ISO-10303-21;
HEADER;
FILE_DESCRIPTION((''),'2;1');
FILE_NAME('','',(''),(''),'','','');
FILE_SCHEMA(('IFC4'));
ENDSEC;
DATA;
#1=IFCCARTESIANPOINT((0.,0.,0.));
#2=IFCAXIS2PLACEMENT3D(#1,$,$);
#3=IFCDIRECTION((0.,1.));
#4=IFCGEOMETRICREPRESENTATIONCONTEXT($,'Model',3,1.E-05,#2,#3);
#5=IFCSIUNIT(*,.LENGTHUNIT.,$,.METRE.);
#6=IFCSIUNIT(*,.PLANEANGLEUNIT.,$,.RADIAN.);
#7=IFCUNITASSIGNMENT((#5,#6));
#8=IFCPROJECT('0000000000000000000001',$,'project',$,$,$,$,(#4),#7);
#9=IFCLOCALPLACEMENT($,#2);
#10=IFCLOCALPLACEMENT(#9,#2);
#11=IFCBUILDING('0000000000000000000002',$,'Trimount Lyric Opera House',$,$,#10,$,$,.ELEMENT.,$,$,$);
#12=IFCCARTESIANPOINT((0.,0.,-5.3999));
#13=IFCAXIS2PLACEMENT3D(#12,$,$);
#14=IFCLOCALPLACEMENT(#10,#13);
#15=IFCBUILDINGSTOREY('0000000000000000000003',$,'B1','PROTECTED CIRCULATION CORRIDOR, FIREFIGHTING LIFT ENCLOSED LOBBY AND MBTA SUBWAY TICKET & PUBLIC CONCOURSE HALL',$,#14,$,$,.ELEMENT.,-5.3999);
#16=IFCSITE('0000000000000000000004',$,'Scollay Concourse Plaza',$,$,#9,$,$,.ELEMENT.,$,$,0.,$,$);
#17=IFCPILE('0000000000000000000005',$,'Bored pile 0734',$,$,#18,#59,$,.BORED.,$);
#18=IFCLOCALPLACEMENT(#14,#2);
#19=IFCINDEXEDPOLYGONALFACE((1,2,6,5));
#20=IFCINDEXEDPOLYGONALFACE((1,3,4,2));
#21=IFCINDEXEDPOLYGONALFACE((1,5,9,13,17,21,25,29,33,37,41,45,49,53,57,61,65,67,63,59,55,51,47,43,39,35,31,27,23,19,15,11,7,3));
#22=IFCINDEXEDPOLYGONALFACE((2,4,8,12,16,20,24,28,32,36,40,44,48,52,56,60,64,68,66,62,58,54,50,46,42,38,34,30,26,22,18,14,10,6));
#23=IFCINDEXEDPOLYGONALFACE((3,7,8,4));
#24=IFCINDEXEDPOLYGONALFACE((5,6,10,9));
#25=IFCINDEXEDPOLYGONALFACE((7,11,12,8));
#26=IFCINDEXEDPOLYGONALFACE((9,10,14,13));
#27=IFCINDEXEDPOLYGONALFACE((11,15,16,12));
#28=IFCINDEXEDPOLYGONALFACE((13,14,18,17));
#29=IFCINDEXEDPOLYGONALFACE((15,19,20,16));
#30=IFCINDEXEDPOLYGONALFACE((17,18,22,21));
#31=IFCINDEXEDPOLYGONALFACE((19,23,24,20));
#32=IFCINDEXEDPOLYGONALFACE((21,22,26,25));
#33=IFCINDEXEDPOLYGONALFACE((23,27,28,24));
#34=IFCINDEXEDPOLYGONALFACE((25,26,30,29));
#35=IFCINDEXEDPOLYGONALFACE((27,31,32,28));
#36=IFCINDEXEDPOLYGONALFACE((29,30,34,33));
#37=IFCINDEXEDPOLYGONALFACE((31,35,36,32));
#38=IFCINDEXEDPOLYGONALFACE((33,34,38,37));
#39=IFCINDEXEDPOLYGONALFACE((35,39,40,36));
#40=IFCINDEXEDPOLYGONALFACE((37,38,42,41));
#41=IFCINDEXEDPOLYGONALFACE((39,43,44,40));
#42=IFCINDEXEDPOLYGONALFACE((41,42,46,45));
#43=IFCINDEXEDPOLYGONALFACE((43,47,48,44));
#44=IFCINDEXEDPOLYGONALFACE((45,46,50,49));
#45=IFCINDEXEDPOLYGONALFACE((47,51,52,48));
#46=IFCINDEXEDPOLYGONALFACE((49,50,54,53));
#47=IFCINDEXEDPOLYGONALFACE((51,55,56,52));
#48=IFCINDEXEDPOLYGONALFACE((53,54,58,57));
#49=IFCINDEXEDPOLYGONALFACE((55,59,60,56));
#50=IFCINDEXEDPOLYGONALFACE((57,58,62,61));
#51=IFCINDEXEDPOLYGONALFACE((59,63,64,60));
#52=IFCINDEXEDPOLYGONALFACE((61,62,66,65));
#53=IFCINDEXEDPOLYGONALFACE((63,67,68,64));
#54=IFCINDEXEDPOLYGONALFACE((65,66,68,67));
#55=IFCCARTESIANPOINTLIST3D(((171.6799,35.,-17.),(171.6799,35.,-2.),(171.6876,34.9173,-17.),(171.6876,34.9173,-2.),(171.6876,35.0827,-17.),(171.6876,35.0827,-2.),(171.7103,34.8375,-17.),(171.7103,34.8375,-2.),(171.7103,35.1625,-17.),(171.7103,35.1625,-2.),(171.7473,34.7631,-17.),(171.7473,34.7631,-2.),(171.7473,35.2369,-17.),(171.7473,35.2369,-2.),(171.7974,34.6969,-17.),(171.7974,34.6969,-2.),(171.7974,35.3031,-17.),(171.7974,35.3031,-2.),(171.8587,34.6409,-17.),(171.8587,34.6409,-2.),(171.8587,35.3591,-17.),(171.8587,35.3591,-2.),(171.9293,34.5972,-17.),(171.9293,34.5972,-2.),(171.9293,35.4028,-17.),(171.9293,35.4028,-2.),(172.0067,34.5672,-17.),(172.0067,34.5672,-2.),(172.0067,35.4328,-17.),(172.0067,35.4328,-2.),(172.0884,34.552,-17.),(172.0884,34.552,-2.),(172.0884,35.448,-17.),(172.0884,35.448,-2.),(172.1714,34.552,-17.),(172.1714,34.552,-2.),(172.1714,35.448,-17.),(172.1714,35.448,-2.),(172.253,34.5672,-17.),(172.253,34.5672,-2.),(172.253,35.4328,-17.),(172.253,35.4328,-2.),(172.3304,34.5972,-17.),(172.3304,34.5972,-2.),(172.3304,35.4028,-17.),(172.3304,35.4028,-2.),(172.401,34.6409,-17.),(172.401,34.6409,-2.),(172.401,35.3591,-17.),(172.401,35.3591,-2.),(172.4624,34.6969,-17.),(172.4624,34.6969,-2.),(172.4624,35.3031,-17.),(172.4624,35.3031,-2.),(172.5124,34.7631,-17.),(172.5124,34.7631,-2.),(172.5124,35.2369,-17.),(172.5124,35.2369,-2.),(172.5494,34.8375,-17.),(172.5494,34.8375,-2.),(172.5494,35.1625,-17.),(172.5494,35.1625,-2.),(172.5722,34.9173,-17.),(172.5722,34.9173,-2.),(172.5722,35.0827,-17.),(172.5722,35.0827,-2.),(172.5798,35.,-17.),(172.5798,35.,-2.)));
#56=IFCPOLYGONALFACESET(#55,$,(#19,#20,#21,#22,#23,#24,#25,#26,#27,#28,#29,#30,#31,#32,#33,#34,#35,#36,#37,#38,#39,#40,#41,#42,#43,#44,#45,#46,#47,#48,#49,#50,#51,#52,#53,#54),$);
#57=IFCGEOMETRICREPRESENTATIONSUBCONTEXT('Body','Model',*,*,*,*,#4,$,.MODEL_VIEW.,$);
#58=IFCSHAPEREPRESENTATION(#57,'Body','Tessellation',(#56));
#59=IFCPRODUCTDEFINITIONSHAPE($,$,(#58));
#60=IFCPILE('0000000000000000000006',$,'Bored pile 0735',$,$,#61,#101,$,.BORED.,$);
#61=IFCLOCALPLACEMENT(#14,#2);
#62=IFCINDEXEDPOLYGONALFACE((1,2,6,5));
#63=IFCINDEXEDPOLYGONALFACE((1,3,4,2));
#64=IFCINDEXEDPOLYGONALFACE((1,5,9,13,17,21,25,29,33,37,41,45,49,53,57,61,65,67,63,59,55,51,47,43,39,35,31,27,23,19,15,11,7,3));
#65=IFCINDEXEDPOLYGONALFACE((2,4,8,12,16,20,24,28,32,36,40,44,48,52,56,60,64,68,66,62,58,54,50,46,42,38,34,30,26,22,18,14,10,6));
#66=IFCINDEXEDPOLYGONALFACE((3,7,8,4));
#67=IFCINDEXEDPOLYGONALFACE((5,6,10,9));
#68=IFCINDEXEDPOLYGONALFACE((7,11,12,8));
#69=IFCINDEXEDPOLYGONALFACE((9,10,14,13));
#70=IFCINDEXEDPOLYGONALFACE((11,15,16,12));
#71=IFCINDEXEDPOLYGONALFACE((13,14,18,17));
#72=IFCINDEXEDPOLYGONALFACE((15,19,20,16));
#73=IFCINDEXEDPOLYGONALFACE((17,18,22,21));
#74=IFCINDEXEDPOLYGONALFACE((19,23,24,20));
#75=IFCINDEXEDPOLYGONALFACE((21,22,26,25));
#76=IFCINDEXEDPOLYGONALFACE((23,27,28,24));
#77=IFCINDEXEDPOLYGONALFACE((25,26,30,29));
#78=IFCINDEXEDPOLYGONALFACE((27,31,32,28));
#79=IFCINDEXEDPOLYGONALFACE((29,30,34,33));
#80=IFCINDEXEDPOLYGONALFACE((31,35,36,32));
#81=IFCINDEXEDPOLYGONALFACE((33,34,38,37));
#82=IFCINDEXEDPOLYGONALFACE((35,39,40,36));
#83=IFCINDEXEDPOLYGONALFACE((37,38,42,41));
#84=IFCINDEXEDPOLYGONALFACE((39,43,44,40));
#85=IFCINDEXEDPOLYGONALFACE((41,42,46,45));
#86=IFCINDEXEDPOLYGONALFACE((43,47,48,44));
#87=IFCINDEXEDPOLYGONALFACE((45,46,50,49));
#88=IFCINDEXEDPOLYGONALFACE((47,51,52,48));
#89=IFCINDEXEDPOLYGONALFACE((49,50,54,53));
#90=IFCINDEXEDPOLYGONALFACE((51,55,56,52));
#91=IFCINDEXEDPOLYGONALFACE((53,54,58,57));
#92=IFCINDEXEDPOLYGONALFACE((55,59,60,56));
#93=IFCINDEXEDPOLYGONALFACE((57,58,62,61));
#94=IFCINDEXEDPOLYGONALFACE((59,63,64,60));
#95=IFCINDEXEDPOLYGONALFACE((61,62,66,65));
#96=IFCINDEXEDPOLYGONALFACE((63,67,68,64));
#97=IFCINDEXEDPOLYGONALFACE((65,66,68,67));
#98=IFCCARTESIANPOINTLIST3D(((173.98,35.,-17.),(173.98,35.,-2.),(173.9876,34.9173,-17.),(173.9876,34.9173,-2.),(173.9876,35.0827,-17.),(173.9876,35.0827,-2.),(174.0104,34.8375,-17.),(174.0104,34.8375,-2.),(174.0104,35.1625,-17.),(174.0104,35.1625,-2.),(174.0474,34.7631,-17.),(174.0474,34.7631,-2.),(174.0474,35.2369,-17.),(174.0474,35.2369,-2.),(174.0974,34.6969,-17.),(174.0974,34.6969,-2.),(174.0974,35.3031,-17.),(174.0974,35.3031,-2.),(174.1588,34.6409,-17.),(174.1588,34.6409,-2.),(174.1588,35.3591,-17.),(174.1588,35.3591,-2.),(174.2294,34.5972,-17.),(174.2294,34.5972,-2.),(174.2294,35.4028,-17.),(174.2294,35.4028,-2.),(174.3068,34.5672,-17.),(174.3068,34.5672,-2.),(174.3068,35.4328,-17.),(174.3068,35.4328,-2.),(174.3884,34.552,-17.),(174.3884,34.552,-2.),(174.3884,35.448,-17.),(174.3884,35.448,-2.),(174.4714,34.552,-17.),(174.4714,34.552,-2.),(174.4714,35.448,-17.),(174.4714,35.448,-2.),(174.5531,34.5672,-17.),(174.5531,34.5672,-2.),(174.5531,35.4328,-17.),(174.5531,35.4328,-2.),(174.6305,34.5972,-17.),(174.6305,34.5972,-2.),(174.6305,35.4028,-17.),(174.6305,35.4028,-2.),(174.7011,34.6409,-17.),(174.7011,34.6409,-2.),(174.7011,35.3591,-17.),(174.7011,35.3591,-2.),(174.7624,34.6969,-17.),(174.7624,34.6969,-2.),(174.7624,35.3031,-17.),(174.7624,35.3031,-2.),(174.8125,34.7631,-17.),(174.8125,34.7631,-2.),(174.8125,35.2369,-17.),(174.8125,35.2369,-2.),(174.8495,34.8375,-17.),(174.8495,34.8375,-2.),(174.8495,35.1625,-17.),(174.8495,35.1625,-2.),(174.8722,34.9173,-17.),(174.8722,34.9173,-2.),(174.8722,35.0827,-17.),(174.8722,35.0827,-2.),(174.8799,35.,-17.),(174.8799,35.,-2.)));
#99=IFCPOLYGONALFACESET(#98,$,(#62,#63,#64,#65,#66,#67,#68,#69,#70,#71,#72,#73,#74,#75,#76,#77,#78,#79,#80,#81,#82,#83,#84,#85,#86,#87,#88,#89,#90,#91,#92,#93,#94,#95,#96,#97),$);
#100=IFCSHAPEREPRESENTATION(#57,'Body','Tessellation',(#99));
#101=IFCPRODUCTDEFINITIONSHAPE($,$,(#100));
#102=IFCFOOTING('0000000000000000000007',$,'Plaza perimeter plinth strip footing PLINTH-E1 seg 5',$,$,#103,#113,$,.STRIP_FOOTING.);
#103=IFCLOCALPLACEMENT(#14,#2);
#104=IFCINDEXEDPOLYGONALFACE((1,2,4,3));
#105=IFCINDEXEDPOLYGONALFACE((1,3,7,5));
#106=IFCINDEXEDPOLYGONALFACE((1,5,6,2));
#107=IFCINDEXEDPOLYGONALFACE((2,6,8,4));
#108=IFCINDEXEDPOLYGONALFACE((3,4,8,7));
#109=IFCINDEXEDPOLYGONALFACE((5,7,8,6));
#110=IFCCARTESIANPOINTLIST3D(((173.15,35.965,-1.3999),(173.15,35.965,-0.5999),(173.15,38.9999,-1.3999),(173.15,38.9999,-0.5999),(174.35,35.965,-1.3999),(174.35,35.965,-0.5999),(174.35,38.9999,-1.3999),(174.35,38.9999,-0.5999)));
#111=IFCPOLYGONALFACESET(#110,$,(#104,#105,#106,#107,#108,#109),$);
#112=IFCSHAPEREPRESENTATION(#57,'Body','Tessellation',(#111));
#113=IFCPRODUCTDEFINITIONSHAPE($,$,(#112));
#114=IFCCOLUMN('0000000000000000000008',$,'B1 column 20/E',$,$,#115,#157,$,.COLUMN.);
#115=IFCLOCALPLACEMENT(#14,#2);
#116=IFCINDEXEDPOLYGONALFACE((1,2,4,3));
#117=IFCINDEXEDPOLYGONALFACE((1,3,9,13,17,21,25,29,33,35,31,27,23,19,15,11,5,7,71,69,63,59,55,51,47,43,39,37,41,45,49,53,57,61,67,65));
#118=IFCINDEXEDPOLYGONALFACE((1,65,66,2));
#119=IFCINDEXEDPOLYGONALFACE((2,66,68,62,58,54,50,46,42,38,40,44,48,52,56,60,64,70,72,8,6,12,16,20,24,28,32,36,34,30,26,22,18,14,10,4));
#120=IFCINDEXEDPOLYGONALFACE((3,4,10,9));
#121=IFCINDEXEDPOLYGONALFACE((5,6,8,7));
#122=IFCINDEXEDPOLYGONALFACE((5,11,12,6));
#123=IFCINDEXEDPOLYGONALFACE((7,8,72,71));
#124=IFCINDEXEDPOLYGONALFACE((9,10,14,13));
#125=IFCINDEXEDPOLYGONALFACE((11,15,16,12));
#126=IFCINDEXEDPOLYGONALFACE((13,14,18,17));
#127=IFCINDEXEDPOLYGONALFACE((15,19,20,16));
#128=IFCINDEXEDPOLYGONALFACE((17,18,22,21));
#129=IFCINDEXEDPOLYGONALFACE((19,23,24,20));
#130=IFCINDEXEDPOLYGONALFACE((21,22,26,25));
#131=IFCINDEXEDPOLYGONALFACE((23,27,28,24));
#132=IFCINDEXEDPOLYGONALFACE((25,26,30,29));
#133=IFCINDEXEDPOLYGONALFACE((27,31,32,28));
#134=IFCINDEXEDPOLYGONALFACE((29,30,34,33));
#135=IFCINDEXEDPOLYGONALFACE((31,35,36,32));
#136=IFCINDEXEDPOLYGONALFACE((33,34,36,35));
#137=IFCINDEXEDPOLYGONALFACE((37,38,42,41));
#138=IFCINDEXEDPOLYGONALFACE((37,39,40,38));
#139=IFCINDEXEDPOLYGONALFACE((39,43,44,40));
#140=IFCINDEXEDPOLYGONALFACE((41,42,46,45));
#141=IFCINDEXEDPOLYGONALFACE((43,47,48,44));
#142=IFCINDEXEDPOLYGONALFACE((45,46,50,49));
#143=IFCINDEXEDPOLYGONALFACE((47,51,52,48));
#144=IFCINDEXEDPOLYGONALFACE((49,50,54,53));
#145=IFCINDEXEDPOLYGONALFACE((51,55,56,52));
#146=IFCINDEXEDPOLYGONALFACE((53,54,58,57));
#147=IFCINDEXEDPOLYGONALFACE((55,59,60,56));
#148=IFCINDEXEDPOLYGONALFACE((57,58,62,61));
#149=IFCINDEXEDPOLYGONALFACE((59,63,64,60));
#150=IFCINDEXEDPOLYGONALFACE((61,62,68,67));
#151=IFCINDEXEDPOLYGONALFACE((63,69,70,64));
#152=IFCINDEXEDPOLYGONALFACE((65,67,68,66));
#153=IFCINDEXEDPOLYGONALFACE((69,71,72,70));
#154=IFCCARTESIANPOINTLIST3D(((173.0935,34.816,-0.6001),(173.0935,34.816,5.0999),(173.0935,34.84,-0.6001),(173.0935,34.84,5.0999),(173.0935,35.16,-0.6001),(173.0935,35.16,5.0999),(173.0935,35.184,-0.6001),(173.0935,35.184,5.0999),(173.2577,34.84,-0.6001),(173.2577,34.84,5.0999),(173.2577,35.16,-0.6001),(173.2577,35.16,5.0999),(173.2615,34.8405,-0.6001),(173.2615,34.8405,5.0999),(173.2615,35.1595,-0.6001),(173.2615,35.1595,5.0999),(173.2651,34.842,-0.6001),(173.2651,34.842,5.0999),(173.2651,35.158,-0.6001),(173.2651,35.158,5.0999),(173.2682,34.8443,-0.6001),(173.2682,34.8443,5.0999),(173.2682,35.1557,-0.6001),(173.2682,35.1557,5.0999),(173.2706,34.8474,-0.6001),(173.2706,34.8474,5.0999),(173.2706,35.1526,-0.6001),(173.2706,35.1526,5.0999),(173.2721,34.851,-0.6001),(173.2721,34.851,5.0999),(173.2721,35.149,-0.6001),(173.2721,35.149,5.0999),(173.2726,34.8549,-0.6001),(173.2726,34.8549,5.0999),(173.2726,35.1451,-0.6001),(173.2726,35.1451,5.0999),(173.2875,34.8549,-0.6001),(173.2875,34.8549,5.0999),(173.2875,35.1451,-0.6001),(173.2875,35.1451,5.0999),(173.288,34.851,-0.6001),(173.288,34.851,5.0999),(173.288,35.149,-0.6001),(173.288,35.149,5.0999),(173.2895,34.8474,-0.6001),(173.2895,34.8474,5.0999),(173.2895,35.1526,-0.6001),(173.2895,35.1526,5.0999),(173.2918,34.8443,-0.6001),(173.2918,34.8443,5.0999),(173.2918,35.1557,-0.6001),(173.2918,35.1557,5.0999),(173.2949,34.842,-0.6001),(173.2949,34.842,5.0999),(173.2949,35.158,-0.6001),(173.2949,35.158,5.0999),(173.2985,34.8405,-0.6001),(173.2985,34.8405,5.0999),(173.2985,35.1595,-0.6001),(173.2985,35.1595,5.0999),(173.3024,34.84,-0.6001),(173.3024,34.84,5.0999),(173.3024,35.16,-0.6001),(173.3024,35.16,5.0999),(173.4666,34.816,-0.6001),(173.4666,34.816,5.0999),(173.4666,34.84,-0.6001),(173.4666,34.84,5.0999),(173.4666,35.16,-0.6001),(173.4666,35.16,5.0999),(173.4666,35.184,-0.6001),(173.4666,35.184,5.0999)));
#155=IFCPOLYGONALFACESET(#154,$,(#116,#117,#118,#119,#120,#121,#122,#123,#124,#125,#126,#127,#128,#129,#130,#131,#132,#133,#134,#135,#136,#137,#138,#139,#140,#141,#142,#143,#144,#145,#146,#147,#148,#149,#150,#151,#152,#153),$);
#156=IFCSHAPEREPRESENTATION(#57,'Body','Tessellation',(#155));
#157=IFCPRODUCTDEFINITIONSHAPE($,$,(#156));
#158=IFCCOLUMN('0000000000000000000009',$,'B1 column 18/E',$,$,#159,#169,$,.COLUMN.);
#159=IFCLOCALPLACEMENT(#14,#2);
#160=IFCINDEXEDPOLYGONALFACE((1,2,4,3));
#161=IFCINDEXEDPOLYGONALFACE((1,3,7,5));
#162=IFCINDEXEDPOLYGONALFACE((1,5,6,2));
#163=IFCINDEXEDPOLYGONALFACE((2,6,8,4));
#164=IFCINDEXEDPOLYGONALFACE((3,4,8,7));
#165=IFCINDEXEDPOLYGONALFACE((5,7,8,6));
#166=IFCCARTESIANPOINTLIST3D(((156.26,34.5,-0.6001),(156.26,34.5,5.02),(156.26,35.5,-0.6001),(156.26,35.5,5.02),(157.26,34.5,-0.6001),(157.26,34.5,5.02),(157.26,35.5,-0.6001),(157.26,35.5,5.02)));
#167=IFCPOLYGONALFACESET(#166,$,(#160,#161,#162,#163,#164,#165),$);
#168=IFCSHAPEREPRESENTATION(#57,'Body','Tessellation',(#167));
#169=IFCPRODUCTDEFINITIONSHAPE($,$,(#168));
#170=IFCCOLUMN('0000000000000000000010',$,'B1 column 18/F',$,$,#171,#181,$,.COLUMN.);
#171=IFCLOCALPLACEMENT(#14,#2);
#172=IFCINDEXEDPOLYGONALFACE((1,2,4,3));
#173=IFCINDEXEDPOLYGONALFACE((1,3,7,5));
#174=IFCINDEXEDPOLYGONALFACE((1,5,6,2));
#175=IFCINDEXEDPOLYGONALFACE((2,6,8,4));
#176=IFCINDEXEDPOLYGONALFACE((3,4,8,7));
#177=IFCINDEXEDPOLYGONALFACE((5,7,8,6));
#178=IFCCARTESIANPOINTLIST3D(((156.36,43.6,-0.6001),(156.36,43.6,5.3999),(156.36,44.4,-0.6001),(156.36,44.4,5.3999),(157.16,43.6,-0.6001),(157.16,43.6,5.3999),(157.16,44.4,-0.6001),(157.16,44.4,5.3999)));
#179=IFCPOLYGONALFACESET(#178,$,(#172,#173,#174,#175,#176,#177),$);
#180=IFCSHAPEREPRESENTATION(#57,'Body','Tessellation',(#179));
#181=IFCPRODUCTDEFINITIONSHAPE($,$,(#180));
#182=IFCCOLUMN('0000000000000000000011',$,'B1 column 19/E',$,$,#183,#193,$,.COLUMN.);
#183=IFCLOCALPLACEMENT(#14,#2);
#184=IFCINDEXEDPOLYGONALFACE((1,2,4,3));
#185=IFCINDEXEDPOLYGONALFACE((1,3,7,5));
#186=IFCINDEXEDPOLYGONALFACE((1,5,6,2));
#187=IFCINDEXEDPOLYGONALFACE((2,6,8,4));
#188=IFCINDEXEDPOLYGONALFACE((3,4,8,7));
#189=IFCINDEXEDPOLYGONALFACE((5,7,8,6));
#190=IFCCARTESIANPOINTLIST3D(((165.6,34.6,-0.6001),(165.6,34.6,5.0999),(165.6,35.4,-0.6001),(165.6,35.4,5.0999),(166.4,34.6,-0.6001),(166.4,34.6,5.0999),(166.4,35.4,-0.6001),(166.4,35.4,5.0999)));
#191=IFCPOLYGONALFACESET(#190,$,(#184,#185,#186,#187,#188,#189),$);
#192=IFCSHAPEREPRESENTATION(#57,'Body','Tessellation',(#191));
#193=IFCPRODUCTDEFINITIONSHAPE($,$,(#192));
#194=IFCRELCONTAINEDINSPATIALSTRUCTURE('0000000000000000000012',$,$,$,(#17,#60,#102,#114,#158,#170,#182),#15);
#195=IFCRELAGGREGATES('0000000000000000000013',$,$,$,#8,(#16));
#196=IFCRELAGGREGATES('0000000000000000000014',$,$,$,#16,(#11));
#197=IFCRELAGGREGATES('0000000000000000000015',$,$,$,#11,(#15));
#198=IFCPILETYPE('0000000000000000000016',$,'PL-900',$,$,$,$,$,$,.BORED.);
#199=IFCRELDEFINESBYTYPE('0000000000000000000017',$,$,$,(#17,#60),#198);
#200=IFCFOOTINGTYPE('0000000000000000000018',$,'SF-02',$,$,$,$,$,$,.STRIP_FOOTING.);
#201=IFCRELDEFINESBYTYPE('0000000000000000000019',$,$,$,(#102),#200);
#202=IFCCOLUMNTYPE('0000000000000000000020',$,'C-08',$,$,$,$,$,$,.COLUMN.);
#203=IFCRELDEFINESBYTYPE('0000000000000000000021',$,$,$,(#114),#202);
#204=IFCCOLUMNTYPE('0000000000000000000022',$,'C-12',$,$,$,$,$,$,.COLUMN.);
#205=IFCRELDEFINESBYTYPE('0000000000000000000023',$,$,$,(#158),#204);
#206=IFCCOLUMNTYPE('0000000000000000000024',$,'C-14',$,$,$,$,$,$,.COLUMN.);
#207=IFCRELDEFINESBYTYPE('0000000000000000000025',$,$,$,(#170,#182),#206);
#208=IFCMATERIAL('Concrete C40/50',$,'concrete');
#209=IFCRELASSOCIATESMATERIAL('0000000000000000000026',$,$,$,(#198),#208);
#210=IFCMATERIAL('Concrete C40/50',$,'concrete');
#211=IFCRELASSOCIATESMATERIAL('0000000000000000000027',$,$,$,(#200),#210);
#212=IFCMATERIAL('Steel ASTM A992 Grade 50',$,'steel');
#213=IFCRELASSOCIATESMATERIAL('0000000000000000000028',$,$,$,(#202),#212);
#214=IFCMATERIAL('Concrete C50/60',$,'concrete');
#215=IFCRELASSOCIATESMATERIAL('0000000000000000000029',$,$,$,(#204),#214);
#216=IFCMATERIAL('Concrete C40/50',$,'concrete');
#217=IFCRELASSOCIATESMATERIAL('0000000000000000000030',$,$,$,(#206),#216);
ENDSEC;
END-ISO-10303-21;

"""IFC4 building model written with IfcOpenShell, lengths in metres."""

from ifc_helpers import new_model, si_unit, direction, frame, origin, origin_2d, place, context, subcontext, project, spatial, rectangle, circle, i_section, extrude, material, material_profile, profile_set, type_object, element, save


model = new_model("IFC4")

# Units and contexts
model_context = context("Model", 3, precision=1e-05, world=origin(), true_north=direction((0.0, 1.0)))
body_context = subcontext(model_context, "Body", "Model", "MODEL_VIEW")
ifc_project = project(units=[si_unit("LENGTHUNIT", "METRE"), si_unit("PLANEANGLEUNIT", "RADIAN")], contexts=[model_context])

# Site, building, storey
site_placement = place(None, origin())
site = spatial("IfcSite", under=ifc_project, at=site_placement, Name="Scollay Concourse Plaza", CompositionType="ELEMENT", RefElevation=0.0)
building_placement = place(site_placement, origin())
building = spatial("IfcBuilding", under=site, at=building_placement, Name="Trimount Lyric Opera House", CompositionType="ELEMENT")
storey_placement = place(building_placement, frame((0.0, 0.0, -5.3999)))
storey = spatial("IfcBuildingStorey", under=building, at=storey_placement, Name="B1", Description="PROTECTED CIRCULATION CORRIDOR, FIREFIGHTING LIFT ENCLOSED LOBBY AND MBTA SUBWAY TICKET & PUBLIC CONCOURSE HALL", CompositionType="ELEMENT", Elevation=-5.3999)

# Piles
ifc_material_1 = material(Name="Concrete C40/50", Category="concrete")
ifc_material_profile_1 = material_profile(ifc_material_1, circle(Radius=0.45, at=origin_2d()), Name="PILE-D900")
ifc_profile_set_1 = profile_set([ifc_material_profile_1], Name="Concrete C40/50")
pile_type_1 = type_object("IfcPileType", Name="PL-900", PredefinedType="BORED", material=ifc_profile_set_1)
for number, where, z_axis, x_axis, name in (
    (1, (172.1299, 35.0, -2.0), (0.0, 0.0, -1.0), (1.0, 0.0, 0.0), "Bored pile 0734"),
    (2, (174.4299, 35.0, -2.0), (0.0, 0.0, -1.0), (1.0, 0.0, 0.0), "Bored pile 0735"),
):
    element("IfcPile", number, at=place(storey_placement, frame(where, z_axis=z_axis, x_axis=x_axis)), inside=storey, type_object=pile_type_1, Name=name, PredefinedType="BORED", context=body_context, shape_type="SweptSolid", body=[
        extrude(circle(Radius=0.45, at=origin_2d()), origin(), (0.0, 0.0, 1.0), 15.0),
    ])

# Footing
ifc_material_2 = material(Name="Concrete C40/50", Category="concrete")
footing_type_1 = type_object("IfcFootingType", Name="SF-02", PredefinedType="STRIP_FOOTING", material=ifc_material_2)
footing_1_placement = place(storey_placement, frame((173.75, 37.4824, -1.3999), z_axis=(0.0, 0.0, 1.0), x_axis=(1.0, 0.0, 0.0)))
element("IfcFooting", 3, at=footing_1_placement, inside=storey, type_object=footing_type_1, Name="Plaza perimeter plinth strip footing PLINTH-E1 seg 5", PredefinedType="STRIP_FOOTING", context=body_context, shape_type="SweptSolid", body=[
    extrude(rectangle(XDim=1.2, YDim=3.0349, at=origin_2d()), origin(), (0.0, 0.0, 1.0), 0.8),
])

# Columns
ifc_material_3 = material(Name="Steel ASTM A992 Grade 50", Category="steel")
ifc_material_profile_2 = material_profile(ifc_material_3, i_section(OverallWidth=0.373, OverallDepth=0.3679, WebThickness=0.0149, FlangeThickness=0.0239, FilletRadius=0.0149, at=origin_2d()), Name="W14X120")
ifc_profile_set_2 = profile_set([ifc_material_profile_2], Name="Steel ASTM A992 Grade 50")
column_type_1 = type_object("IfcColumnType", Name="C-08", PredefinedType="COLUMN", material=ifc_profile_set_2)
column_1_placement = place(storey_placement, frame((173.28, 35.0, -0.6001), z_axis=(0.0, 0.0, 1.0), x_axis=(1.0, 0.0, 0.0)))
element("IfcColumn", 4, at=column_1_placement, inside=storey, type_object=column_type_1, Name="B1 column 20/E", PredefinedType="COLUMN", context=body_context, shape_type="SweptSolid", body=[
    extrude(i_section(OverallWidth=0.373, OverallDepth=0.3679, WebThickness=0.0149, FlangeThickness=0.0239, FilletRadius=0.0149, at=origin_2d()), origin(), (0.0, 0.0, 1.0), 5.7),
])
ifc_material_4 = material(Name="Concrete C50/60", Category="concrete")
ifc_material_profile_3 = material_profile(ifc_material_4, rectangle(XDim=1.0, YDim=1.0, at=origin_2d()), Name="RC1000X1000")
ifc_profile_set_3 = profile_set([ifc_material_profile_3], Name="Concrete C50/60")
column_type_2 = type_object("IfcColumnType", Name="C-12", PredefinedType="COLUMN", material=ifc_profile_set_3)
column_2_placement = place(storey_placement, frame((156.76, 35.0, -0.6001), z_axis=(0.0, 0.0, 1.0), x_axis=(1.0, 0.0, 0.0)))
element("IfcColumn", 5, at=column_2_placement, inside=storey, type_object=column_type_2, Name="B1 column 18/E", PredefinedType="COLUMN", context=body_context, shape_type="SweptSolid", body=[
    extrude(rectangle(XDim=1.0, YDim=1.0, at=origin_2d()), origin(), (0.0, 0.0, 1.0), 5.6201),
])
ifc_material_5 = material(Name="Concrete C40/50", Category="concrete")
ifc_material_profile_4 = material_profile(ifc_material_5, rectangle(XDim=0.8, YDim=0.8, at=origin_2d()), Name="RC800X800")
ifc_profile_set_4 = profile_set([ifc_material_profile_4], Name="Concrete C40/50")
column_type_3 = type_object("IfcColumnType", Name="C-14", PredefinedType="COLUMN", material=ifc_profile_set_4)
column_3_placement = place(storey_placement, frame((156.76, 44.0, -0.6001), z_axis=(0.0, 0.0, 1.0), x_axis=(1.0, 0.0, 0.0)))
element("IfcColumn", 6, at=column_3_placement, inside=storey, type_object=column_type_3, Name="B1 column 18/F", PredefinedType="COLUMN", context=body_context, shape_type="SweptSolid", body=[
    extrude(rectangle(XDim=0.8, YDim=0.8, at=origin_2d()), origin(), (0.0, 0.0, 1.0), 6.0),
])
column_4_placement = place(storey_placement, frame((166.0, 35.0, -0.6001), z_axis=(0.0, 0.0, 1.0), x_axis=(1.0, 0.0, 0.0)))
element("IfcColumn", 7, at=column_4_placement, inside=storey, type_object=column_type_3, Name="B1 column 19/E", PredefinedType="COLUMN", context=body_context, shape_type="SweptSolid", body=[
    extrude(rectangle(XDim=0.8, YDim=0.8, at=origin_2d()), origin(), (0.0, 0.0, 1.0), 5.7),
])

save(model, "model.ifc")
